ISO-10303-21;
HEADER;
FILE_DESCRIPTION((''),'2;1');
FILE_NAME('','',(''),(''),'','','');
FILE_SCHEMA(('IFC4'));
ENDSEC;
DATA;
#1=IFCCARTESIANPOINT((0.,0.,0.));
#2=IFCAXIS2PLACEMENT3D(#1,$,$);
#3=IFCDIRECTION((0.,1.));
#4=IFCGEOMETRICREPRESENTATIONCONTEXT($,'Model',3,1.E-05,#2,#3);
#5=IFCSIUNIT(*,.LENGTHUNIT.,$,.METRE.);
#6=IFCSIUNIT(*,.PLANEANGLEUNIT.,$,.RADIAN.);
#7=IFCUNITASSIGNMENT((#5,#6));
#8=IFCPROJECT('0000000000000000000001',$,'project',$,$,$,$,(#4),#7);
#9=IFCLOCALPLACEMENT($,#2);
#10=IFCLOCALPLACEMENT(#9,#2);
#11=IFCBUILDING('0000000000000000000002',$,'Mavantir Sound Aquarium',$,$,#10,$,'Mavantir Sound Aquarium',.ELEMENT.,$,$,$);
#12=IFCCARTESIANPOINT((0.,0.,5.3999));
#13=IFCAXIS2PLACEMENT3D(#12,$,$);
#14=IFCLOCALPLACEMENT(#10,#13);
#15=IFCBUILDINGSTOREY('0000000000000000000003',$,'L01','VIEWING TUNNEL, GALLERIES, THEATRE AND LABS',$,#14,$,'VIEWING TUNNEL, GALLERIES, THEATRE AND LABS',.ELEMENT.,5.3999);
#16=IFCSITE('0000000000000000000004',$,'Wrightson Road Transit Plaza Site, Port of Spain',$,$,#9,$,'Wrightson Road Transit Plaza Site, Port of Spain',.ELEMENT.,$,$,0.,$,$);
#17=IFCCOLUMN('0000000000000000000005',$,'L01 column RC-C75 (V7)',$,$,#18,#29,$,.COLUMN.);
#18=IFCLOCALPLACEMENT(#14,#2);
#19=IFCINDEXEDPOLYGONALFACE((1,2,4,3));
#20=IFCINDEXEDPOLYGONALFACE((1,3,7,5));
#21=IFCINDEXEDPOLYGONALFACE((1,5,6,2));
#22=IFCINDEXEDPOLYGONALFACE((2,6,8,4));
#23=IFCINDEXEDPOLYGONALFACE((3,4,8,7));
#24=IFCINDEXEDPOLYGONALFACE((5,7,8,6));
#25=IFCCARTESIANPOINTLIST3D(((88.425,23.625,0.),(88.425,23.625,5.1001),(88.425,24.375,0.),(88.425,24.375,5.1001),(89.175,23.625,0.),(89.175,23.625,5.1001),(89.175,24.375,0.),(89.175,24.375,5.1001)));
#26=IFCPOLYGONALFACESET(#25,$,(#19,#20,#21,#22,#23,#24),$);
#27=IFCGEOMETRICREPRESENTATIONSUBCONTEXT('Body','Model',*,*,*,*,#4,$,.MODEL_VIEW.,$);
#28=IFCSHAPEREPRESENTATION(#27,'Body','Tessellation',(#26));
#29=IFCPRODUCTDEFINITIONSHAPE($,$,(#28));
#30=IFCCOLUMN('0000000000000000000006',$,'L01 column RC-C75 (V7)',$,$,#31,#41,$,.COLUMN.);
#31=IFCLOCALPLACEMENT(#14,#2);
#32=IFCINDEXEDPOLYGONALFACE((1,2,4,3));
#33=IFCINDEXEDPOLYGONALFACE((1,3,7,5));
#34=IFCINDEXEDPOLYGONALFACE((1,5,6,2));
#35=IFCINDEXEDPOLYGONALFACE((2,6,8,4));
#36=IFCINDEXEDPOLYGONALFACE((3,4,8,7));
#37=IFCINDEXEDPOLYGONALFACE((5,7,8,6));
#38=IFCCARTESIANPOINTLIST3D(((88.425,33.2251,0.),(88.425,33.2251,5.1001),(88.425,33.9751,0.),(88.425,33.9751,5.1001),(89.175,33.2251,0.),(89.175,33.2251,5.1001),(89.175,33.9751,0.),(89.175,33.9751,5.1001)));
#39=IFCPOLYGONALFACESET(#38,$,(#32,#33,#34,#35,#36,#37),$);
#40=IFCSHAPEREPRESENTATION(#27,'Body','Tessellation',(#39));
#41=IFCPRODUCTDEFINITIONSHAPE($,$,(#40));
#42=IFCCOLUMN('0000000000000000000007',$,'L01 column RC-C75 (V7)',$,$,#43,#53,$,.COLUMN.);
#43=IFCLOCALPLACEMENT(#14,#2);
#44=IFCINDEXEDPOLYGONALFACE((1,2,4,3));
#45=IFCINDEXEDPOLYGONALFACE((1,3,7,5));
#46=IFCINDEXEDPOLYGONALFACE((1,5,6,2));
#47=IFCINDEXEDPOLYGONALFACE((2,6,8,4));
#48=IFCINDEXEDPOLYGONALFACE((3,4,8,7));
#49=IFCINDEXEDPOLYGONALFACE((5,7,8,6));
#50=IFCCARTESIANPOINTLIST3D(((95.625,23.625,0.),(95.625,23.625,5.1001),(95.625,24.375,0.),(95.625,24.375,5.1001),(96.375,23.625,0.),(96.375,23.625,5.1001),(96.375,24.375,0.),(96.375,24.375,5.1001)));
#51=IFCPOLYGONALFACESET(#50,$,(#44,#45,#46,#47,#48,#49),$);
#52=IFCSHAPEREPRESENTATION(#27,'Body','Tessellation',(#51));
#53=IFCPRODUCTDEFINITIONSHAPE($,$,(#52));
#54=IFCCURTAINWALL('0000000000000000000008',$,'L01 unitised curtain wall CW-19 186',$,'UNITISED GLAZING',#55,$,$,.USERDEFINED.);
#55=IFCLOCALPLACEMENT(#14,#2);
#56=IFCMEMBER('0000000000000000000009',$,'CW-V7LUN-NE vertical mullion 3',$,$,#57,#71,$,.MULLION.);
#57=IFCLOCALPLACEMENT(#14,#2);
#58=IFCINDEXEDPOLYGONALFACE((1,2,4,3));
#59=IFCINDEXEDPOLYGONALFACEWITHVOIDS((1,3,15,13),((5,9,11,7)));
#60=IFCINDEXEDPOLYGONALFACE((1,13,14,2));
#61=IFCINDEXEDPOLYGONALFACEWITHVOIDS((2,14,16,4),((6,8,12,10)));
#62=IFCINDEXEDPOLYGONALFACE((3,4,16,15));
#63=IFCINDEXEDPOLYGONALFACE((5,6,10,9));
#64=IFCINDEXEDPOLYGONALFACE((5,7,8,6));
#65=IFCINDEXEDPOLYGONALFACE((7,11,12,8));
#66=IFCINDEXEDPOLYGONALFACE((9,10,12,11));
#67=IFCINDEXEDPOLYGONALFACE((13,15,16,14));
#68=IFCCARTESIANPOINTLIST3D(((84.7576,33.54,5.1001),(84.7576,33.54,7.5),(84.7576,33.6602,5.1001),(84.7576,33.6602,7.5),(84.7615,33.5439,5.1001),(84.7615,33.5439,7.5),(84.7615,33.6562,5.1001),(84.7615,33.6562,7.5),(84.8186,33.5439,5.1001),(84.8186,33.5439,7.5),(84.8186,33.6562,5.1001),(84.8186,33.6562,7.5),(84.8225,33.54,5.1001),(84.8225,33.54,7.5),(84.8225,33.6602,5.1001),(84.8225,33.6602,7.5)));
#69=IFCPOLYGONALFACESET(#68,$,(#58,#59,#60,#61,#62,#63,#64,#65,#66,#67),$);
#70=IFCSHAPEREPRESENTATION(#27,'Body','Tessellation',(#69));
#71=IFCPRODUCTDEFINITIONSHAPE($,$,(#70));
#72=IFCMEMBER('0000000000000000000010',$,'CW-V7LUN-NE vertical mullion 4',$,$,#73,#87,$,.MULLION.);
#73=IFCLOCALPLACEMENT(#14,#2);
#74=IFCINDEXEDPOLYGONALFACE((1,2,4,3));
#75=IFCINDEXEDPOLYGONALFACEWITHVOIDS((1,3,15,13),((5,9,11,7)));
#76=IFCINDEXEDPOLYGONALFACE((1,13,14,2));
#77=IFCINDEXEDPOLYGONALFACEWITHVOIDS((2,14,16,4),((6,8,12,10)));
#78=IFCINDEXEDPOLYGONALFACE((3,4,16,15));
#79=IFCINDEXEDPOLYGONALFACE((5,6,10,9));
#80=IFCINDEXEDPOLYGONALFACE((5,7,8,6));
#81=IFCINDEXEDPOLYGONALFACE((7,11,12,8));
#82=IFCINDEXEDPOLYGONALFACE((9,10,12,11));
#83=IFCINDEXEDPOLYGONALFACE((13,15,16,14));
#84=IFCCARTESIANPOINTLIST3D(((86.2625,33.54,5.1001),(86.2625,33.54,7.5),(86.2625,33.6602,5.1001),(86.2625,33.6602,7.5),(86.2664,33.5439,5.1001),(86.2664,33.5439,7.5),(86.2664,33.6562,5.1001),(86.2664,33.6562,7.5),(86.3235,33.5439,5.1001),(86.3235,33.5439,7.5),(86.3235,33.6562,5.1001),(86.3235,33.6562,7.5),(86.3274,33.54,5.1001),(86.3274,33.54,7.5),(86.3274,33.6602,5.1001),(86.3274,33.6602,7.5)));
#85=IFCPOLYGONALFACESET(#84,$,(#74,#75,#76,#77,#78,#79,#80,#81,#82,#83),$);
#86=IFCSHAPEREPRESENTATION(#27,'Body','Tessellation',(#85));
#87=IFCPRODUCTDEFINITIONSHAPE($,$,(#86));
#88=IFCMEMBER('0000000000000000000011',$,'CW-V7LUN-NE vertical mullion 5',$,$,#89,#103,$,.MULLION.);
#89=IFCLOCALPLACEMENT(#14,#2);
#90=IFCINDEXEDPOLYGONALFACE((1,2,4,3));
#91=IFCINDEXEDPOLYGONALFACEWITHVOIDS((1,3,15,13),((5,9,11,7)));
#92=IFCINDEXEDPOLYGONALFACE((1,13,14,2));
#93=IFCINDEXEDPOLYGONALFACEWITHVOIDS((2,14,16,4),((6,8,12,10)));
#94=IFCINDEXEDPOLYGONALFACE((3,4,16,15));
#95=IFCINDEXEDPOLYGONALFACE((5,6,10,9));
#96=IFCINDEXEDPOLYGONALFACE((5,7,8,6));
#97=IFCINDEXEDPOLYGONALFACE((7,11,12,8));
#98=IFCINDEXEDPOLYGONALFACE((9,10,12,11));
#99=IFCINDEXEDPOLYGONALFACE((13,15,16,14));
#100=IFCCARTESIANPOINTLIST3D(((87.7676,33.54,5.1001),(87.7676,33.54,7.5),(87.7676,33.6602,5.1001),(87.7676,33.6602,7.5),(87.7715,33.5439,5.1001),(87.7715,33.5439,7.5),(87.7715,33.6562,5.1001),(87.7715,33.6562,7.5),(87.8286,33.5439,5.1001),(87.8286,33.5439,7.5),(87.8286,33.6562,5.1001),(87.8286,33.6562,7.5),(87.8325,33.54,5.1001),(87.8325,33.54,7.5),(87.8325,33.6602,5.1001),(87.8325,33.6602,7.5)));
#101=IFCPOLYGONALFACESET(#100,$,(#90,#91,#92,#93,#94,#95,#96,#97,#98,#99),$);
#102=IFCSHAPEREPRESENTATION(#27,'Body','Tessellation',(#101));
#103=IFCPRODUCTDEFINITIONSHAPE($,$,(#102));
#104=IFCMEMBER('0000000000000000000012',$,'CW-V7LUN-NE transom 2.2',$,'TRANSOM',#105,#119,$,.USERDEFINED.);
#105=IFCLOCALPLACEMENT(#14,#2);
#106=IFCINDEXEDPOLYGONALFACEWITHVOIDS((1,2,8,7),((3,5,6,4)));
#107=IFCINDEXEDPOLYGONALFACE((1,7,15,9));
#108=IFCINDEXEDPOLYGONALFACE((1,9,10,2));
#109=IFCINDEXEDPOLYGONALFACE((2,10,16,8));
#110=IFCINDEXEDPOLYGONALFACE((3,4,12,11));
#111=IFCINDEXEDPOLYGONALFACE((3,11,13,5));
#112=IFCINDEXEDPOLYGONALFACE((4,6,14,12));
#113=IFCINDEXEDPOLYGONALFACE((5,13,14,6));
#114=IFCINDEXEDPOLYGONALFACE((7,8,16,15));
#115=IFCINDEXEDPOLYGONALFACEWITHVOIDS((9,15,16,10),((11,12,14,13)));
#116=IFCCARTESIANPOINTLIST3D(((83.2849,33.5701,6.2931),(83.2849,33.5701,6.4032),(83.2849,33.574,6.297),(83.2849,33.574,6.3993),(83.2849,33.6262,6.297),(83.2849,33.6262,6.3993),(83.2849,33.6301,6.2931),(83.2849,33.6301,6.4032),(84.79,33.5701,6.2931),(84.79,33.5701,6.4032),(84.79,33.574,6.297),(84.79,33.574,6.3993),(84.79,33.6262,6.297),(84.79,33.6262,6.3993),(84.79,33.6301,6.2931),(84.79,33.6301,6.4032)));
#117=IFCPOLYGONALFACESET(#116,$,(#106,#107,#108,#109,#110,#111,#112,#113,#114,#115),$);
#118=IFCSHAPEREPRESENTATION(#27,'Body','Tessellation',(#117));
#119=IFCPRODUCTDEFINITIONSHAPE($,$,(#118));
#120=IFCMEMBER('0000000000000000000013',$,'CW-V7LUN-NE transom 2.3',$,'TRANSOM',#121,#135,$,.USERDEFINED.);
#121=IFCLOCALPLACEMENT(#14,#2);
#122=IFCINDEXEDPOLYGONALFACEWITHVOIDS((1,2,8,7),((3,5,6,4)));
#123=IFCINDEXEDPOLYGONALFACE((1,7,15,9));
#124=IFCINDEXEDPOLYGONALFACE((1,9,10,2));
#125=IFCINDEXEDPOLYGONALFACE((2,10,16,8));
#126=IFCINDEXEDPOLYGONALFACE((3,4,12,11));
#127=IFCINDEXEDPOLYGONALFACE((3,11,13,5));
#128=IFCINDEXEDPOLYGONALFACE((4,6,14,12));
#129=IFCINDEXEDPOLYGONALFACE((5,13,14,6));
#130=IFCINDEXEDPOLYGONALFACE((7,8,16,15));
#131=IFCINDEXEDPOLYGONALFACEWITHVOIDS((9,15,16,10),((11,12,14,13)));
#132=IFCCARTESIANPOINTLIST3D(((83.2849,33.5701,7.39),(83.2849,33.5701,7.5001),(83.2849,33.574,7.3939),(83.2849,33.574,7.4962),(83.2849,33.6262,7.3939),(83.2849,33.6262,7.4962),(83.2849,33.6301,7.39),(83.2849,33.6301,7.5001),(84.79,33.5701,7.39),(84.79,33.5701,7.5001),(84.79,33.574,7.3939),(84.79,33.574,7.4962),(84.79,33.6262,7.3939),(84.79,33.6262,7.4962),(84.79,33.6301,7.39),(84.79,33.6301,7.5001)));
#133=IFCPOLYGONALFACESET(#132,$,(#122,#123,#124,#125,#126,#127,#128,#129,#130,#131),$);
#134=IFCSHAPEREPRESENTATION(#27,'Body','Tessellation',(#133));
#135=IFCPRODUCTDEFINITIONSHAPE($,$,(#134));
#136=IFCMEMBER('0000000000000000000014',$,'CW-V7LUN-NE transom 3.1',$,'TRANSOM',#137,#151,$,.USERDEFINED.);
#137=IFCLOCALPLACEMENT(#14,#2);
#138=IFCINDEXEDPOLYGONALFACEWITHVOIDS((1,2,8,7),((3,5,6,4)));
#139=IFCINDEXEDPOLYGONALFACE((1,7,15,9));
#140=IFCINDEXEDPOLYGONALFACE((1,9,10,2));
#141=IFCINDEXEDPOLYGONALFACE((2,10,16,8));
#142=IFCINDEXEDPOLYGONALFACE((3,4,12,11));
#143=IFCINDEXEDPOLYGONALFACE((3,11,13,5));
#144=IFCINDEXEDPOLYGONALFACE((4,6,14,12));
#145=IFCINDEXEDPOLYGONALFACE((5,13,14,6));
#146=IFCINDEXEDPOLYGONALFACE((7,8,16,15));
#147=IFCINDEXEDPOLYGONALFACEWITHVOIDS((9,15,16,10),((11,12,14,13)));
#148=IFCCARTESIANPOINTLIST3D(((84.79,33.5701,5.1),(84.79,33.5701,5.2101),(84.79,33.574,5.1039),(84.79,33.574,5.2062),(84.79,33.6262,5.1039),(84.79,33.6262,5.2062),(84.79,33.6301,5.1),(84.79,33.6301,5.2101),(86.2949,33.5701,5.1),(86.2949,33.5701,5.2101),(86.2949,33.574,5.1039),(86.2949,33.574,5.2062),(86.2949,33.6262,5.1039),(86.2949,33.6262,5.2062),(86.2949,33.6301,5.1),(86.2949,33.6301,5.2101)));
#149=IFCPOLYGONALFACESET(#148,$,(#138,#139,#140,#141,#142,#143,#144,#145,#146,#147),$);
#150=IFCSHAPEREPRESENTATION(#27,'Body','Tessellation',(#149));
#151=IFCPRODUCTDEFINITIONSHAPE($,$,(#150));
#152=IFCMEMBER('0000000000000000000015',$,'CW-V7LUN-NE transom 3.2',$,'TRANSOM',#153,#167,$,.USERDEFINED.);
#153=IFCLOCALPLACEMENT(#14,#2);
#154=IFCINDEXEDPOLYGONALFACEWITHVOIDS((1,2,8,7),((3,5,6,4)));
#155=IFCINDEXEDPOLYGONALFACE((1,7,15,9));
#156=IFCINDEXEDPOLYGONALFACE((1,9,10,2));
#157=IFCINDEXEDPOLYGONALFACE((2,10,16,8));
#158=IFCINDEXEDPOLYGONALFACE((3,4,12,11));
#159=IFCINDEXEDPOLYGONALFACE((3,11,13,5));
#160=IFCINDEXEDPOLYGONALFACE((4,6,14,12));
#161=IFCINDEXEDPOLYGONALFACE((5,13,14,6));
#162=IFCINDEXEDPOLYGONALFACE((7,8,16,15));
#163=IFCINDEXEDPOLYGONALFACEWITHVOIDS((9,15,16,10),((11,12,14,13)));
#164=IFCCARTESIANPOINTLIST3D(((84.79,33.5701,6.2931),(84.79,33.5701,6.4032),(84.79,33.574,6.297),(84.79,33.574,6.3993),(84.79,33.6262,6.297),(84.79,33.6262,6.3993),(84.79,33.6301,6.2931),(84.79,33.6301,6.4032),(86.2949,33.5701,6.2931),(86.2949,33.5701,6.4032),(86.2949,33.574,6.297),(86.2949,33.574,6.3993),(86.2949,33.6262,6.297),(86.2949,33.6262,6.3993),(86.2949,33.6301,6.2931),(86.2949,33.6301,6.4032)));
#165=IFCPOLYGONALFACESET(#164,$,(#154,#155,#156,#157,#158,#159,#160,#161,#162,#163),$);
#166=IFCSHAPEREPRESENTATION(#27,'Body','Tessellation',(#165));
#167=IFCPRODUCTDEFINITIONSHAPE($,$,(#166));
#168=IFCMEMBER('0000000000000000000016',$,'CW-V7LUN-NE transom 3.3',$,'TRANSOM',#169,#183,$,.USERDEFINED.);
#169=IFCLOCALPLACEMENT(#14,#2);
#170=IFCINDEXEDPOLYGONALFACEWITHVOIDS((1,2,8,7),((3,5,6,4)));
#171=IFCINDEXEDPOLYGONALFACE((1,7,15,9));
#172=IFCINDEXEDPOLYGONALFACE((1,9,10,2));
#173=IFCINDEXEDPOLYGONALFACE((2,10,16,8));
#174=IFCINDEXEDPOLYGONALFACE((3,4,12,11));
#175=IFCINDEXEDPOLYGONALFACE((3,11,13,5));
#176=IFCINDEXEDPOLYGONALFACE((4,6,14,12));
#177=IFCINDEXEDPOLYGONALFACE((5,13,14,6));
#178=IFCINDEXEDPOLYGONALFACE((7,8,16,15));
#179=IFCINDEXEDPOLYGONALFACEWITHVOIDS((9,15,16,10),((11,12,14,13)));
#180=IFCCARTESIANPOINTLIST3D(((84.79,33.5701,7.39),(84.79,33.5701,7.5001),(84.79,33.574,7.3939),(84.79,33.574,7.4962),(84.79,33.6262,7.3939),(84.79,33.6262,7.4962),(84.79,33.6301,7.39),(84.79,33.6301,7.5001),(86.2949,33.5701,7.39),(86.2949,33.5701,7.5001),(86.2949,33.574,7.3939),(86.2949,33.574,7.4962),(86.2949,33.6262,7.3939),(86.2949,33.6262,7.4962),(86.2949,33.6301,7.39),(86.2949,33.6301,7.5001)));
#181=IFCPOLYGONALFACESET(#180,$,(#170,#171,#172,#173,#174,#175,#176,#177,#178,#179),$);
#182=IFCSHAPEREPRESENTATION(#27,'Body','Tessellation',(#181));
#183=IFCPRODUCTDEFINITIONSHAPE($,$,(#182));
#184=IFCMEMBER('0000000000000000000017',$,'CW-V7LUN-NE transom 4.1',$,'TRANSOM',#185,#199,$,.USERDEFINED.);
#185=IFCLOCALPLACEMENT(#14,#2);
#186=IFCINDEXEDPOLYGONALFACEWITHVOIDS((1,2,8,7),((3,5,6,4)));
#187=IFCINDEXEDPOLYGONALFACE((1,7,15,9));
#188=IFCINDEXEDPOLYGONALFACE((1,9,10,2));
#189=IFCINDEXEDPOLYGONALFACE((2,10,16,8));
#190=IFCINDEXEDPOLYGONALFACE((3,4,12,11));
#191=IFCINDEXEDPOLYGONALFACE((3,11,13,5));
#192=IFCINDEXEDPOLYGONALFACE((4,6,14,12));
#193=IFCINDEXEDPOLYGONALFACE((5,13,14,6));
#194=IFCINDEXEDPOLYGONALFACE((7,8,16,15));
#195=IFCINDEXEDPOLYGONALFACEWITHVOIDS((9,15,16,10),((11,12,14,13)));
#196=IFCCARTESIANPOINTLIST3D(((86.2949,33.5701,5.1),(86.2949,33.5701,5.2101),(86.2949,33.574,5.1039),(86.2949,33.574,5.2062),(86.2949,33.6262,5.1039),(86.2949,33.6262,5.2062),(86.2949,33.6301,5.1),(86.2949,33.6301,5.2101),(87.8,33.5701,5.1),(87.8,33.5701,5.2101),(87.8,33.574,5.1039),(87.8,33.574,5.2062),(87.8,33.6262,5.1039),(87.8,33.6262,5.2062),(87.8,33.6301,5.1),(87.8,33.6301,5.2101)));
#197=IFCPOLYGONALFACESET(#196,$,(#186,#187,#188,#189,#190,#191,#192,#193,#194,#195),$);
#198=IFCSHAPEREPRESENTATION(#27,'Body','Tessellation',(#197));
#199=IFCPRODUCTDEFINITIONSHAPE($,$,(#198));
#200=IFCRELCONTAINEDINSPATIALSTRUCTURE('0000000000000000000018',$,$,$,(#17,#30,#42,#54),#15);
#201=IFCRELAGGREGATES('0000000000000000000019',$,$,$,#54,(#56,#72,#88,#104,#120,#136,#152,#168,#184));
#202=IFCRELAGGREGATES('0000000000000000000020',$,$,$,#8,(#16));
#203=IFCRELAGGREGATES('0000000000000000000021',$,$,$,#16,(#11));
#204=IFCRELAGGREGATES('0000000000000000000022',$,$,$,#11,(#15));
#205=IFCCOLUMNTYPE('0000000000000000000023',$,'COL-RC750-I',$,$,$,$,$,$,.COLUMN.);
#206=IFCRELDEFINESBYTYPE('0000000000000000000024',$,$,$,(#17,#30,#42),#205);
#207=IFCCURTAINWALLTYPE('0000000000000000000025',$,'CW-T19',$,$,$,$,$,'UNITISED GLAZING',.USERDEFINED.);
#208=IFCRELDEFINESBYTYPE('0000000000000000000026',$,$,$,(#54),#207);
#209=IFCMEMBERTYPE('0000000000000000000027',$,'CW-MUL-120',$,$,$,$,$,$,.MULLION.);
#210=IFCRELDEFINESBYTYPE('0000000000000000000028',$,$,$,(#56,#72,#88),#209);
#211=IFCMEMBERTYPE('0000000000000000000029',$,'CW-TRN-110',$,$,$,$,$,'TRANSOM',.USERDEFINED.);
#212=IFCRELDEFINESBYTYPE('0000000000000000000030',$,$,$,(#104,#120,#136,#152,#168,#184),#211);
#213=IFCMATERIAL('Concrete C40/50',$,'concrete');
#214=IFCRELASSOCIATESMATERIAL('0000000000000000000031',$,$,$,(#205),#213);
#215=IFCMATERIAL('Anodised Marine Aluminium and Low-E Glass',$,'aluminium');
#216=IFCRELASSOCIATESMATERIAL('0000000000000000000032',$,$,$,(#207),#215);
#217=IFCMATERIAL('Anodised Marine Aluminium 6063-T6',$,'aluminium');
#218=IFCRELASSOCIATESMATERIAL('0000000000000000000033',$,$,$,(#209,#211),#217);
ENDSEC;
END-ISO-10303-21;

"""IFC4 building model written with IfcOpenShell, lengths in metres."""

from ifc_helpers import new_model, si_unit, direction, frame, origin, origin_2d, place, context, subcontext, project, spatial, rectangle, hollow_rectangle, extrude, material, material_profile, profile_set, type_object, element, aggregate, save


model = new_model("IFC4")

# Units and contexts
model_context = context("Model", 3, precision=1e-05, world=origin(), true_north=direction((0.0, 1.0)))
body_context = subcontext(model_context, "Body", "Model", "MODEL_VIEW")
ifc_project = project(units=[si_unit("LENGTHUNIT", "METRE"), si_unit("PLANEANGLEUNIT", "RADIAN")], contexts=[model_context])

# Site, building, storey
site_placement = place(None, origin())
site = spatial("IfcSite", under=ifc_project, at=site_placement, Name="Wrightson Road Transit Plaza Site, Port of Spain", LongName="Wrightson Road Transit Plaza Site, Port of Spain", CompositionType="ELEMENT", RefElevation=0.0)
building_placement = place(site_placement, origin())
building = spatial("IfcBuilding", under=site, at=building_placement, Name="Mavantir Sound Aquarium", LongName="Mavantir Sound Aquarium", CompositionType="ELEMENT")
storey_placement = place(building_placement, frame((0.0, 0.0, 5.3999)))
storey = spatial("IfcBuildingStorey", under=building, at=storey_placement, Name="L01", Description="VIEWING TUNNEL, GALLERIES, THEATRE AND LABS", LongName="VIEWING TUNNEL, GALLERIES, THEATRE AND LABS", CompositionType="ELEMENT", Elevation=5.3999)

# Columns
ifc_material_1 = material(Name="Concrete C40/50", Category="concrete")
ifc_material_profile_1 = material_profile(ifc_material_1, rectangle(XDim=0.75, YDim=0.75, at=origin_2d()), Name="RC 750X750")
ifc_profile_set_1 = profile_set([ifc_material_profile_1], Name="Concrete C40/50")
column_type = type_object("IfcColumnType", Name="COL-RC750-I", PredefinedType="COLUMN", material=ifc_profile_set_1)
for number, where, z_axis, x_axis, name in (
    (1, (88.8, 24.0, 0.0), (0.0, 0.0, 1.0), (1.0, 0.0, 0.0), "L01 column RC-C75 (V7)"),
    (2, (88.8, 33.6001, 0.0), (0.0, 0.0, 1.0), (1.0, 0.0, 0.0), "L01 column RC-C75 (V7)"),
    (3, (96.0, 24.0, 0.0), (0.0, 0.0, 1.0), (1.0, 0.0, 0.0), "L01 column RC-C75 (V7)"),
):
    element("IfcColumn", number, at=place(storey_placement, frame(where, z_axis=z_axis, x_axis=x_axis)), inside=storey, type_object=column_type, Name=name, PredefinedType="COLUMN", context=body_context, shape_type="SweptSolid", body=[
        extrude(rectangle(XDim=0.75, YDim=0.75, at=origin_2d()), origin(), (0.0, 0.0, 1.0), 5.1001),
    ])

# Curtain wall, members
ifc_material_2 = material(Name="Anodised Marine Aluminium and Low-E Glass", Category="aluminium")
curtain_wall_type = type_object("IfcCurtainWallType", Name="CW-T19", ElementType="UNITISED GLAZING", PredefinedType="USERDEFINED", material=ifc_material_2)
curtain_wall_placement = place(storey_placement, origin())
curtain_wall = element("IfcCurtainWall", 4, at=curtain_wall_placement, inside=storey, type_object=curtain_wall_type, Name="L01 unitised curtain wall CW-19 186", ObjectType="UNITISED GLAZING", PredefinedType="USERDEFINED")
ifc_material_3 = material(Name="Anodised Marine Aluminium 6063-T6", Category="aluminium")
ifc_material_profile_2 = material_profile(ifc_material_3, hollow_rectangle(XDim=0.0649, YDim=0.1201, WallThickness=0.0039, at=origin_2d()), Name="ALU-MULLION-120X65")
ifc_profile_set_2 = profile_set([ifc_material_profile_2], Name="Anodised Marine Aluminium 6063-T6")
member_type_1 = type_object("IfcMemberType", Name="CW-MUL-120", PredefinedType="MULLION", material=ifc_profile_set_2)
member_1_placement = place(storey_placement, frame((84.79, 33.6001, 5.1001), z_axis=(0.0, 0.0, 1.0), x_axis=(1.0, 0.0, 0.0)))
member_1 = element("IfcMember", 5, at=member_1_placement, type_object=member_type_1, Name="CW-V7LUN-NE vertical mullion 3", PredefinedType="MULLION", context=body_context, shape_type="SweptSolid", body=[
    extrude(hollow_rectangle(XDim=0.0649, YDim=0.1201, WallThickness=0.0039, at=origin_2d()), origin(), (0.0, 0.0, 1.0), 2.3999),
])
member_2_placement = place(storey_placement, frame((86.2949, 33.6001, 5.1001), z_axis=(0.0, 0.0, 1.0), x_axis=(1.0, 0.0, 0.0)))
member_2 = element("IfcMember", 6, at=member_2_placement, type_object=member_type_1, Name="CW-V7LUN-NE vertical mullion 4", PredefinedType="MULLION", context=body_context, shape_type="SweptSolid", body=[
    extrude(hollow_rectangle(XDim=0.0649, YDim=0.1201, WallThickness=0.0039, at=origin_2d()), origin(), (0.0, 0.0, 1.0), 2.3999),
])
member_3_placement = place(storey_placement, frame((87.8, 33.6001, 5.1001), z_axis=(0.0, 0.0, 1.0), x_axis=(1.0, 0.0, 0.0)))
member_3 = element("IfcMember", 7, at=member_3_placement, type_object=member_type_1, Name="CW-V7LUN-NE vertical mullion 5", PredefinedType="MULLION", context=body_context, shape_type="SweptSolid", body=[
    extrude(hollow_rectangle(XDim=0.0649, YDim=0.1201, WallThickness=0.0039, at=origin_2d()), origin(), (0.0, 0.0, 1.0), 2.3999),
])
ifc_material_profile_3 = material_profile(ifc_material_3, hollow_rectangle(XDim=0.0601, YDim=0.1101, WallThickness=0.0039, at=origin_2d()), Name="ALU-TRANSOM-110X60")
ifc_profile_set_3 = profile_set([ifc_material_profile_3], Name="Anodised Marine Aluminium 6063-T6")
member_type_2 = type_object("IfcMemberType", Name="CW-TRN-110", ElementType="TRANSOM", PredefinedType="USERDEFINED", material=ifc_profile_set_3)
member_4_placement = place(storey_placement, frame((83.2849, 33.6001, 6.3481), z_axis=(1.0, 0.0, 0.0), x_axis=(0.0, 1.0, 0.0)))
member_4 = element("IfcMember", 8, at=member_4_placement, type_object=member_type_2, Name="CW-V7LUN-NE transom 2.2", ObjectType="TRANSOM", PredefinedType="USERDEFINED", context=body_context, shape_type="SweptSolid", body=[
    extrude(hollow_rectangle(XDim=0.0601, YDim=0.1101, WallThickness=0.0039, at=origin_2d()), origin(), (0.0, 0.0, 1.0), 1.5051),
])
member_5_placement = place(storey_placement, frame((83.2849, 33.6001, 7.4451), z_axis=(1.0, 0.0, 0.0), x_axis=(0.0, 1.0, 0.0)))
member_5 = element("IfcMember", 9, at=member_5_placement, type_object=member_type_2, Name="CW-V7LUN-NE transom 2.3", ObjectType="TRANSOM", PredefinedType="USERDEFINED", context=body_context, shape_type="SweptSolid", body=[
    extrude(hollow_rectangle(XDim=0.0601, YDim=0.1101, WallThickness=0.0039, at=origin_2d()), origin(), (0.0, 0.0, 1.0), 1.5051),
])
member_6_placement = place(storey_placement, frame((84.79, 33.6001, 5.155), z_axis=(1.0, 0.0, 0.0), x_axis=(0.0, 1.0, 0.0)))
member_6 = element("IfcMember", 10, at=member_6_placement, type_object=member_type_2, Name="CW-V7LUN-NE transom 3.1", ObjectType="TRANSOM", PredefinedType="USERDEFINED", context=body_context, shape_type="SweptSolid", body=[
    extrude(hollow_rectangle(XDim=0.0601, YDim=0.1101, WallThickness=0.0039, at=origin_2d()), origin(), (0.0, 0.0, 1.0), 1.5049),
])
member_7_placement = place(storey_placement, frame((84.79, 33.6001, 6.3481), z_axis=(1.0, 0.0, 0.0), x_axis=(0.0, 1.0, 0.0)))
member_7 = element("IfcMember", 11, at=member_7_placement, type_object=member_type_2, Name="CW-V7LUN-NE transom 3.2", ObjectType="TRANSOM", PredefinedType="USERDEFINED", context=body_context, shape_type="SweptSolid", body=[
    extrude(hollow_rectangle(XDim=0.0601, YDim=0.1101, WallThickness=0.0039, at=origin_2d()), origin(), (0.0, 0.0, 1.0), 1.5049),
])
member_8_placement = place(storey_placement, frame((84.79, 33.6001, 7.4451), z_axis=(1.0, 0.0, 0.0), x_axis=(0.0, 1.0, 0.0)))
member_8 = element("IfcMember", 12, at=member_8_placement, type_object=member_type_2, Name="CW-V7LUN-NE transom 3.3", ObjectType="TRANSOM", PredefinedType="USERDEFINED", context=body_context, shape_type="SweptSolid", body=[
    extrude(hollow_rectangle(XDim=0.0601, YDim=0.1101, WallThickness=0.0039, at=origin_2d()), origin(), (0.0, 0.0, 1.0), 1.5049),
])
member_9_placement = place(storey_placement, frame((86.2949, 33.6001, 5.155), z_axis=(1.0, 0.0, 0.0), x_axis=(0.0, 1.0, 0.0)))
member_9 = element("IfcMember", 13, at=member_9_placement, type_object=member_type_2, Name="CW-V7LUN-NE transom 4.1", ObjectType="TRANSOM", PredefinedType="USERDEFINED", context=body_context, shape_type="SweptSolid", body=[
    extrude(hollow_rectangle(XDim=0.0601, YDim=0.1101, WallThickness=0.0039, at=origin_2d()), origin(), (0.0, 0.0, 1.0), 1.5051),
])
aggregate(curtain_wall, [member_1, member_2, member_3, member_4, member_5, member_6, member_7, member_8, member_9])

save(model, "model.ifc")
